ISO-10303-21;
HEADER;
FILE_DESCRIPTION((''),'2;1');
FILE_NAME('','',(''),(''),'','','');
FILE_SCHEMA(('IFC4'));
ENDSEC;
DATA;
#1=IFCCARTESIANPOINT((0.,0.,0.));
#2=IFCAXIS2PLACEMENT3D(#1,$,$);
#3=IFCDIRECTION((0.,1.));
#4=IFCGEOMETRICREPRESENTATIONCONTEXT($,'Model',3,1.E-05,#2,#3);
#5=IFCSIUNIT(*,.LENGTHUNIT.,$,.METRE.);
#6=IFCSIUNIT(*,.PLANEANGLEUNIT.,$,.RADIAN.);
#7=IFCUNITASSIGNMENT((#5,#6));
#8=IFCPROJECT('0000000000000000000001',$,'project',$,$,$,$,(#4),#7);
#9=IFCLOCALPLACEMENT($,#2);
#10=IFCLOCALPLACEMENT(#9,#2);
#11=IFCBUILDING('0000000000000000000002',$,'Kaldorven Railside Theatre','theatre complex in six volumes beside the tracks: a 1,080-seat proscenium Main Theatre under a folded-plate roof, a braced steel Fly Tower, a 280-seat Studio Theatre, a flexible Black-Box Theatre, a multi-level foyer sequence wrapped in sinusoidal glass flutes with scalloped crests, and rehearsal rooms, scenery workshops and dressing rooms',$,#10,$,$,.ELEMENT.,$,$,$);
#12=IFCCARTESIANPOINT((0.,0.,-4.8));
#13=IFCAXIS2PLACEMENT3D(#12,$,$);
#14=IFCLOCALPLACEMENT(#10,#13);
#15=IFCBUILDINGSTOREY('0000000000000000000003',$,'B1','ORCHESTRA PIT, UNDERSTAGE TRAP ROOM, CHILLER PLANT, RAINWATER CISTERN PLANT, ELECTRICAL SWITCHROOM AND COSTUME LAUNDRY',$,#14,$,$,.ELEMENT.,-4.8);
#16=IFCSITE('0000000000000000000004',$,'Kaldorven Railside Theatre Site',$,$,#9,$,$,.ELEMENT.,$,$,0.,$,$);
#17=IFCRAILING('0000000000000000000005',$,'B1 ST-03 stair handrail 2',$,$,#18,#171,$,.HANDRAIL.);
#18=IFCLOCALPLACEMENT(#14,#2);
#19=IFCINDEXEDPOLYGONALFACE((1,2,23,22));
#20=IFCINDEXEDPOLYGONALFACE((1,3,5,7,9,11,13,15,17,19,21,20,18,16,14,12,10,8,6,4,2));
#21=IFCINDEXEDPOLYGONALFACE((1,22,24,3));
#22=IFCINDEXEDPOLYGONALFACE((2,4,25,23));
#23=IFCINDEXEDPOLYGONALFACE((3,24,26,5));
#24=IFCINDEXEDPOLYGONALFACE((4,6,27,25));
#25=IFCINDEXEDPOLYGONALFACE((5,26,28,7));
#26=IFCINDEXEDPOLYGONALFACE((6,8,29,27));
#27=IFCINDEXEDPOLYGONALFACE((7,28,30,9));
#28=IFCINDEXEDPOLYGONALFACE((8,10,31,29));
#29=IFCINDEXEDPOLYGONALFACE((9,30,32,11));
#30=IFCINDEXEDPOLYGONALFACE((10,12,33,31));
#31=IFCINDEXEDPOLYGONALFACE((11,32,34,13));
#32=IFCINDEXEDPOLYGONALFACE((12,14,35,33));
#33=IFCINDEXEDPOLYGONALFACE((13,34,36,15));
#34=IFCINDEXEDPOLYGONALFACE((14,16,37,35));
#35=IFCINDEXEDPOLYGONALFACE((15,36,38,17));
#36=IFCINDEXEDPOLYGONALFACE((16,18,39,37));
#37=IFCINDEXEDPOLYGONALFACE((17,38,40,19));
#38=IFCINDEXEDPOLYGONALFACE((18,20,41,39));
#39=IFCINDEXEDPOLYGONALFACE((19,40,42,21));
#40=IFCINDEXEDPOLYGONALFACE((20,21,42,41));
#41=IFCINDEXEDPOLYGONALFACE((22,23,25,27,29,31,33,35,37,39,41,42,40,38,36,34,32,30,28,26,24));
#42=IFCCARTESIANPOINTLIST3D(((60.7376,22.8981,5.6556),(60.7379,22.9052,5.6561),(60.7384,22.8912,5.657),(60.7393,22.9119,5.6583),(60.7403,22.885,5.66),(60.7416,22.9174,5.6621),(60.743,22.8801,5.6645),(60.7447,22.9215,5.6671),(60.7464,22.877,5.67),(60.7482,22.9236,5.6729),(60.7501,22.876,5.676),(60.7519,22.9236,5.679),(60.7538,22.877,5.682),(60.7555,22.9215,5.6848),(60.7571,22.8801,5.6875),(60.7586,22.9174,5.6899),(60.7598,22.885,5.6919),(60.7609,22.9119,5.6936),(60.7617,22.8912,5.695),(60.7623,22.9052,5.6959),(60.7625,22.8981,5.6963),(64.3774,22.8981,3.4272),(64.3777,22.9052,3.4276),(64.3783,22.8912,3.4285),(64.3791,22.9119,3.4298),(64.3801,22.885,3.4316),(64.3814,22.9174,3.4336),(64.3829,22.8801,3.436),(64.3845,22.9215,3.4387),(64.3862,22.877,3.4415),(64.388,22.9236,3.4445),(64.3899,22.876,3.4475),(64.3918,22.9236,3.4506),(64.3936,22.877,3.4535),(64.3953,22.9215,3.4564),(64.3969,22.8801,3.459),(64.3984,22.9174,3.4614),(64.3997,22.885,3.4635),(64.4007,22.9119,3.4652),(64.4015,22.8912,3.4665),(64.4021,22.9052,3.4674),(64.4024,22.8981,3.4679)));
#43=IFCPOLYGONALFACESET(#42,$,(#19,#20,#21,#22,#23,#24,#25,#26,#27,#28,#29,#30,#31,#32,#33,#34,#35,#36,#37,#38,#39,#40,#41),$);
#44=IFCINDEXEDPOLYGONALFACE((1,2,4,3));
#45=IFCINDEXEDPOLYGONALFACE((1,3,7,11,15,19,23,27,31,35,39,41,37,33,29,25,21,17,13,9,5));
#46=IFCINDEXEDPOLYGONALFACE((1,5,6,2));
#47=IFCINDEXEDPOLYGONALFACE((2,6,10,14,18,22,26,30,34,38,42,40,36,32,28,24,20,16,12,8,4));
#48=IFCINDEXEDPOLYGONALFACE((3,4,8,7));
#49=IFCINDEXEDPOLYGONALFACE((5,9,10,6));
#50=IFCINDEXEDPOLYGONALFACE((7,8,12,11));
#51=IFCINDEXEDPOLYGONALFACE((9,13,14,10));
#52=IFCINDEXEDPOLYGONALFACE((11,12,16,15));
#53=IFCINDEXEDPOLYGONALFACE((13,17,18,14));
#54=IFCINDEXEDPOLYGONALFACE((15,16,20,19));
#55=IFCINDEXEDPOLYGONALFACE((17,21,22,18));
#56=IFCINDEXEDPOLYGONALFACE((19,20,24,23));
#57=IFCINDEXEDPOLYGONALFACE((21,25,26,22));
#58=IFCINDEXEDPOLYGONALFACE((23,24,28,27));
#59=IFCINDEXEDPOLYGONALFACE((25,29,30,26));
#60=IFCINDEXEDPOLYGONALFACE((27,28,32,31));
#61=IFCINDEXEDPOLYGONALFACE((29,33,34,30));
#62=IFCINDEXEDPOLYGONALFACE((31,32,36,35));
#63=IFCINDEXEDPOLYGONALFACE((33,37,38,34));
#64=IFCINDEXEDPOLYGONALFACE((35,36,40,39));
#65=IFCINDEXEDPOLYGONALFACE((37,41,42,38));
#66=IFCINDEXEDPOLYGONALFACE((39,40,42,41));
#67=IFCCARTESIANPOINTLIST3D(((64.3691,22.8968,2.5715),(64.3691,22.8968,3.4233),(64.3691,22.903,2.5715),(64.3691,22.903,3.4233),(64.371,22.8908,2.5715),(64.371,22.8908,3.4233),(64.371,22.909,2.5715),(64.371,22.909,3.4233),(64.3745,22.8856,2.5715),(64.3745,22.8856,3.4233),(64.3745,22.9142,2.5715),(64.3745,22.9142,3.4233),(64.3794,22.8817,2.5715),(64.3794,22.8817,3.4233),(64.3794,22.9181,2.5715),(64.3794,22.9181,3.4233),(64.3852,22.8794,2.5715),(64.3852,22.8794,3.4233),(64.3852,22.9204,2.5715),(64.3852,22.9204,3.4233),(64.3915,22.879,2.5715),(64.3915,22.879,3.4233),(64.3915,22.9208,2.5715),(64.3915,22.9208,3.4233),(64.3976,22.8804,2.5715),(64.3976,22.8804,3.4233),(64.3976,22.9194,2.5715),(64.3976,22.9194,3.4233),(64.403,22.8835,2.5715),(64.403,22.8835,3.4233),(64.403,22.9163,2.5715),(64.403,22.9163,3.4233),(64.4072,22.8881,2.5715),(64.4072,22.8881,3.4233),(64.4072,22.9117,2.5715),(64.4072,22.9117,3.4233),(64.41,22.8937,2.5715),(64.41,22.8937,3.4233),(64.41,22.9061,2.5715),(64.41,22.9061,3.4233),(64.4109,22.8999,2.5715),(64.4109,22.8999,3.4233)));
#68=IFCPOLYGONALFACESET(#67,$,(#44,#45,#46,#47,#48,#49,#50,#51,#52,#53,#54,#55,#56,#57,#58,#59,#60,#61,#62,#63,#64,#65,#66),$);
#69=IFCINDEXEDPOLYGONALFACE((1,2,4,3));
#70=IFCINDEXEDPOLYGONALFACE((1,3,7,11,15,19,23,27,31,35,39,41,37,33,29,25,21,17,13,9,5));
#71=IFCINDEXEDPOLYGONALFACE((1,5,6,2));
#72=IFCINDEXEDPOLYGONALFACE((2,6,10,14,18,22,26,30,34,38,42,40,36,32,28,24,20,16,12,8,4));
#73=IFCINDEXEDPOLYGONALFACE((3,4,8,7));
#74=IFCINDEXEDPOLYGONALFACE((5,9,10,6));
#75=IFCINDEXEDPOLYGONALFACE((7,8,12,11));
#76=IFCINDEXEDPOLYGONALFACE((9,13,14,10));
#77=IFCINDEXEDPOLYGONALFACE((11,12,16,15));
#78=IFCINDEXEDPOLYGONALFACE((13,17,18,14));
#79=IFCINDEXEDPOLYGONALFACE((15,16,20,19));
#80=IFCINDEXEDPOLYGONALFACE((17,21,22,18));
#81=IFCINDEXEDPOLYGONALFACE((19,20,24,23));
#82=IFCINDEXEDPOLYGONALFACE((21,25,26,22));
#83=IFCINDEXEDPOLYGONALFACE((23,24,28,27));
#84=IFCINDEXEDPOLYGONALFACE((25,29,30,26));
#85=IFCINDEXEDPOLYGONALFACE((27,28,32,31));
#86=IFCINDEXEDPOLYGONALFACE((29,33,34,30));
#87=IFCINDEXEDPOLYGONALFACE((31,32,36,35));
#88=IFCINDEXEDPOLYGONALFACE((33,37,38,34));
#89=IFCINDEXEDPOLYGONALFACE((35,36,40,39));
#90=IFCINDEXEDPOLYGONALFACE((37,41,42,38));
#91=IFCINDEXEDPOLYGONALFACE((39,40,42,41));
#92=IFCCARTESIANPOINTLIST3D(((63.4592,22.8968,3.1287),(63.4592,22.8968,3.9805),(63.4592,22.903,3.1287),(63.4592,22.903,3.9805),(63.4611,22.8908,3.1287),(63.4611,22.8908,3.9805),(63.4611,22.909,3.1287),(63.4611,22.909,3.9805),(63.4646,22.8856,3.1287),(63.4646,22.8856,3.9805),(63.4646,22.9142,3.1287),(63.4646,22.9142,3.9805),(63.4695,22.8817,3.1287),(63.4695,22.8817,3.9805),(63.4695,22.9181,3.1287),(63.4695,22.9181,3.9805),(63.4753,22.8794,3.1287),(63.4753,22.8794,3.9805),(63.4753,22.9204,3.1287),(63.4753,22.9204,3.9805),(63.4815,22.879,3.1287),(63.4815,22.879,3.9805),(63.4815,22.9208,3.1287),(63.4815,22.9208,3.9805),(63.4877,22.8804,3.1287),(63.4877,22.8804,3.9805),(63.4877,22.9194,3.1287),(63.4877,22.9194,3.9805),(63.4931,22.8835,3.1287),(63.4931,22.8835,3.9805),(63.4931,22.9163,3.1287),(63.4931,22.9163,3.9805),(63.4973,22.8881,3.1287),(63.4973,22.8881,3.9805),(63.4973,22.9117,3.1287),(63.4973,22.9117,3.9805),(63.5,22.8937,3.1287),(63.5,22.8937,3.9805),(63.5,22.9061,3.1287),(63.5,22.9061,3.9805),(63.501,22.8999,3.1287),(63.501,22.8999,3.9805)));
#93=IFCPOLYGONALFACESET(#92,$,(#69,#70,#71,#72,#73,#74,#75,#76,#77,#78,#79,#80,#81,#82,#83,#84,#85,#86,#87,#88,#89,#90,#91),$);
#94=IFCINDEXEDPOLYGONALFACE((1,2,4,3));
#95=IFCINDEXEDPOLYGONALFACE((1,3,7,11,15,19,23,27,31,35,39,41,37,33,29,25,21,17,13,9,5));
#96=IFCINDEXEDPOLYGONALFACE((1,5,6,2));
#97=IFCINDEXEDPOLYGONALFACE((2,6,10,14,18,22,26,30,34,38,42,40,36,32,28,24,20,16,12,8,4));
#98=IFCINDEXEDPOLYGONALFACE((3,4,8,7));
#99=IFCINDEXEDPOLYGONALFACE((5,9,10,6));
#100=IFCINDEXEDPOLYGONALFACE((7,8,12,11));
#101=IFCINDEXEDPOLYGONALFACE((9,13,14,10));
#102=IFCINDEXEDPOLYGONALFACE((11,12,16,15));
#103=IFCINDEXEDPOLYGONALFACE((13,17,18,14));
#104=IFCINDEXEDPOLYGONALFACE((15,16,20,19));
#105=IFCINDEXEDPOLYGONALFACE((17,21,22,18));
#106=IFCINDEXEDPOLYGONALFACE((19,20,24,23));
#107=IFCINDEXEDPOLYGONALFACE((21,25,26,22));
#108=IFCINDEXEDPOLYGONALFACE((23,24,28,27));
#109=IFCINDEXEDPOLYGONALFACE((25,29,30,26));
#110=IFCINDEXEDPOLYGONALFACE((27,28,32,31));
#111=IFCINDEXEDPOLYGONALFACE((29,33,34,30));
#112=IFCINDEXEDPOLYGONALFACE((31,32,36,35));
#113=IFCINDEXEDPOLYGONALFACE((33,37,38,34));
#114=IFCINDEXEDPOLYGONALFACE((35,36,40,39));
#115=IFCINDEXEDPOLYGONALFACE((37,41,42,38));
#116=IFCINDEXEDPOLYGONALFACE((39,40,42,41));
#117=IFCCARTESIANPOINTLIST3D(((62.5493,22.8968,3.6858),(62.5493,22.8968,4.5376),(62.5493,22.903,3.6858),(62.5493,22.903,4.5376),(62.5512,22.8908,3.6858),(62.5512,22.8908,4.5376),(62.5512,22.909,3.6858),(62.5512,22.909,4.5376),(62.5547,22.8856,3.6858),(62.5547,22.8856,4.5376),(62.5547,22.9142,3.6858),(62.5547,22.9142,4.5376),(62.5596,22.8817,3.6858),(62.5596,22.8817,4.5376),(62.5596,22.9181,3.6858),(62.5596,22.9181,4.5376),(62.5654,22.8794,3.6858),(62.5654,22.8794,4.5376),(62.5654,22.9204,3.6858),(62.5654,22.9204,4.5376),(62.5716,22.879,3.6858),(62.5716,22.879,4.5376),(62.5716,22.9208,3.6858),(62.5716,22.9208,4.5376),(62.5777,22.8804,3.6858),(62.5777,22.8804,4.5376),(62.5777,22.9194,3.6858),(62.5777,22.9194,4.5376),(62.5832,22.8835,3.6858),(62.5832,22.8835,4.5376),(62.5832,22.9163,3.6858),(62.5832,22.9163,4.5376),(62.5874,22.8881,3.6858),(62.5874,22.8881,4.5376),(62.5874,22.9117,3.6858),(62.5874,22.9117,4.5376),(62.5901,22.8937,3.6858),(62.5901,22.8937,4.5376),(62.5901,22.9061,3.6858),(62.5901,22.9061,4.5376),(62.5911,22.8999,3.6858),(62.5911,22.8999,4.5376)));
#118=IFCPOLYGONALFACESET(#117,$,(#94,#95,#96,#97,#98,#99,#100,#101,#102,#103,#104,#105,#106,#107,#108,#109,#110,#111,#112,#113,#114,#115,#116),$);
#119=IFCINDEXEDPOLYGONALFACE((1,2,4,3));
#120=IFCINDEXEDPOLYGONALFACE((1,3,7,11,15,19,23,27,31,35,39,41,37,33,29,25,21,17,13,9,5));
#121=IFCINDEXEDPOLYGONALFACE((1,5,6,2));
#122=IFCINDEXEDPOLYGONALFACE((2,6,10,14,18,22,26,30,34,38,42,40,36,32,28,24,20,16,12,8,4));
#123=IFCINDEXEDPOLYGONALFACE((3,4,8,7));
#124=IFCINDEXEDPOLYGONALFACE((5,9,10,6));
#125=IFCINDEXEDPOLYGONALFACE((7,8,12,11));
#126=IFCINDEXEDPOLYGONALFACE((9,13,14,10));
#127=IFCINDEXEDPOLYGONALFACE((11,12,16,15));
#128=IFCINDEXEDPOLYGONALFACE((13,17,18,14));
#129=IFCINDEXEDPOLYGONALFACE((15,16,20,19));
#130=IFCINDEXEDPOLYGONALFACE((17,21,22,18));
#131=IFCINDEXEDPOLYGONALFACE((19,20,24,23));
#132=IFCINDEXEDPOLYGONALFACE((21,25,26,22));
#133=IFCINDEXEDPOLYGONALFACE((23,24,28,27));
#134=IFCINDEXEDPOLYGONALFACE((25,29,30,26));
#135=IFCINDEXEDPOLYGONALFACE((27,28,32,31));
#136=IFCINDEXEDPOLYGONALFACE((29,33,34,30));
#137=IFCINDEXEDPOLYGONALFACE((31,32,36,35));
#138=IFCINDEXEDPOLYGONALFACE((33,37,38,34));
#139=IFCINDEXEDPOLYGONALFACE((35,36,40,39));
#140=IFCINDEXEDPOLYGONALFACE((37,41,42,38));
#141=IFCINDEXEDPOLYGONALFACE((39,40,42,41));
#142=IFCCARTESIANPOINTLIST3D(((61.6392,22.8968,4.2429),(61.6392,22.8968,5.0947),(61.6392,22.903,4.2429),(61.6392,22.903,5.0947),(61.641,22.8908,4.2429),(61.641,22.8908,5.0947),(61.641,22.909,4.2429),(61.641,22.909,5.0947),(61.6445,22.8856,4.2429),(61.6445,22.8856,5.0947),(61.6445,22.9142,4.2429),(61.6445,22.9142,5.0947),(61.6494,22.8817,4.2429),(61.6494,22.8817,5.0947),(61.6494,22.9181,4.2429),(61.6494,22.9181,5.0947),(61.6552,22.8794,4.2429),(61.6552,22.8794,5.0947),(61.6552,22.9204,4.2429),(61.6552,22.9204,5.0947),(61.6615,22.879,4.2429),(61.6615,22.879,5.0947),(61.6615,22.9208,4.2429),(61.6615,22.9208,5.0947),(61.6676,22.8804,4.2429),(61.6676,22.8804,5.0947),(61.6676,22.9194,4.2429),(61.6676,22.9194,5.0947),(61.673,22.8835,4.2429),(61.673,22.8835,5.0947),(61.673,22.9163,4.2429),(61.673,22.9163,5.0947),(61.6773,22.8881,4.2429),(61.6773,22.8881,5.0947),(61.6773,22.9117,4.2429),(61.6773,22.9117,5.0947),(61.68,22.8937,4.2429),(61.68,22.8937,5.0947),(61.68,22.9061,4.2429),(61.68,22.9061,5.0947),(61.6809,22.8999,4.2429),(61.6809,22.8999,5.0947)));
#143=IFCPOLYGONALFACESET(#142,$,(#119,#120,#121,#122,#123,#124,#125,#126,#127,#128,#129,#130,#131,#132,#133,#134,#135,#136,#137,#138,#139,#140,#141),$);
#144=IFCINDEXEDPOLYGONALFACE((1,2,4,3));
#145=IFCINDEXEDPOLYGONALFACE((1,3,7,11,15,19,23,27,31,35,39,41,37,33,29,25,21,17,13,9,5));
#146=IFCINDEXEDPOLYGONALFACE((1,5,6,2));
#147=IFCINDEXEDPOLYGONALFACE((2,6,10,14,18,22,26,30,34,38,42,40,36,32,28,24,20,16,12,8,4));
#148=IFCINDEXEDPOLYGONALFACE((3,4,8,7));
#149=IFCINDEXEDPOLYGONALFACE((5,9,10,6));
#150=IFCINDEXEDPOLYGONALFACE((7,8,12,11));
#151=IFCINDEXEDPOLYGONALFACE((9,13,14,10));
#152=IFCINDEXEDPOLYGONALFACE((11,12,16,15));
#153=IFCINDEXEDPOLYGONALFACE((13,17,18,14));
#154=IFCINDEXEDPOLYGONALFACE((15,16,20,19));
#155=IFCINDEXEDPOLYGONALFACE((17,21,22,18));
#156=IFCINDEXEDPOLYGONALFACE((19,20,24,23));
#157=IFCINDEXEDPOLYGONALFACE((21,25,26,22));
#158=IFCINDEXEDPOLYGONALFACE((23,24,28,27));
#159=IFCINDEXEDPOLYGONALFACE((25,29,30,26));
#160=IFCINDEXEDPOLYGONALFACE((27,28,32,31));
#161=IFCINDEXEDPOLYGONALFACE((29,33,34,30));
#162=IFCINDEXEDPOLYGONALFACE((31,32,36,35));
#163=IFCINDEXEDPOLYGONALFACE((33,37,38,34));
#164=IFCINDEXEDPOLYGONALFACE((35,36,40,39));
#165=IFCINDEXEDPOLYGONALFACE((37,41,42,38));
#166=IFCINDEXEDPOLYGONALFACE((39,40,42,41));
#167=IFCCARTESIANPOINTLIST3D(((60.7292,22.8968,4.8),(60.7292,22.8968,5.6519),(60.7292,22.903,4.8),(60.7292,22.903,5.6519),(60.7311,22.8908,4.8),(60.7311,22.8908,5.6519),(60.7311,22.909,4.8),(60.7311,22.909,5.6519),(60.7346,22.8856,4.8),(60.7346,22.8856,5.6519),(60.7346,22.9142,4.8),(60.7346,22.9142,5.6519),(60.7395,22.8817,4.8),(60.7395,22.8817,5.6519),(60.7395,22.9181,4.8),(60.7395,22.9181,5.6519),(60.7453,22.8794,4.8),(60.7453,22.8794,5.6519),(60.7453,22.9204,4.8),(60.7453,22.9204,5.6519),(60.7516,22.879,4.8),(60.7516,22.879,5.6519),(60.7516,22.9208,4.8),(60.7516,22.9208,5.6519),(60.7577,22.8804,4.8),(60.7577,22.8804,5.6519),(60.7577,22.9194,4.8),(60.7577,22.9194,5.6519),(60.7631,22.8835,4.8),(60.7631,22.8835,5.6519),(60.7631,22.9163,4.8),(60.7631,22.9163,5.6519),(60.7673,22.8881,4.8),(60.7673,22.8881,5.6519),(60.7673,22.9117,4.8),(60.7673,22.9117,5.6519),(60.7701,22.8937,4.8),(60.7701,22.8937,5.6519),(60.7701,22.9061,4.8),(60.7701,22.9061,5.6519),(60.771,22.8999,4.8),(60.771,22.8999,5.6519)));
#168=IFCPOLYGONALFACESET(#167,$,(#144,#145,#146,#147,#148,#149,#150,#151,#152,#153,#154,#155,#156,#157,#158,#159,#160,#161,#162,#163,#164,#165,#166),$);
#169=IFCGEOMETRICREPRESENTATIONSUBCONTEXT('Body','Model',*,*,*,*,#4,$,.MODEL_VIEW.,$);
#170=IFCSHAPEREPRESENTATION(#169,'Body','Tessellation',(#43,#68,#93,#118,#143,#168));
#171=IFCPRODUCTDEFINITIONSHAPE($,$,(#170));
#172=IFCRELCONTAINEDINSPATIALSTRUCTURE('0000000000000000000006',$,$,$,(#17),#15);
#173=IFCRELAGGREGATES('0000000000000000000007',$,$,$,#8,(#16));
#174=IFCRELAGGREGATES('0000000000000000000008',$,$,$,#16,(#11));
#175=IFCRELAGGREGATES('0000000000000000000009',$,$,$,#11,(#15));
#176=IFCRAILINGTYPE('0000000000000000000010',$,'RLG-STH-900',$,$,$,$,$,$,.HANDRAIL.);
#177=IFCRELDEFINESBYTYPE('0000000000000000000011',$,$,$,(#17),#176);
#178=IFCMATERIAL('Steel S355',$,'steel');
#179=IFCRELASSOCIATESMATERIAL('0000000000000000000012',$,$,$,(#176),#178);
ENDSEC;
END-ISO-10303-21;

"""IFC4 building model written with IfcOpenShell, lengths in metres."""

from ifc_helpers import new_model, si_unit, direction, frame, origin, origin_2d, place, context, subcontext, project, spatial, circle, extrude, material, type_object, element, save


model = new_model("IFC4")

# Units and contexts
model_context = context("Model", 3, precision=1e-05, world=origin(), true_north=direction((0.0, 1.0)))
body_context = subcontext(model_context, "Body", "Model", "MODEL_VIEW")
ifc_project = project(units=[si_unit("LENGTHUNIT", "METRE"), si_unit("PLANEANGLEUNIT", "RADIAN")], contexts=[model_context])

# Site, building, storey
site_placement = place(None, origin())
site = spatial("IfcSite", under=ifc_project, at=site_placement, Name="Kaldorven Railside Theatre Site", CompositionType="ELEMENT", RefElevation=0.0)
building_placement = place(site_placement, origin())
building = spatial("IfcBuilding", under=site, at=building_placement, Name="Kaldorven Railside Theatre", Description="theatre complex in six volumes beside the tracks: a 1,080-seat proscenium Main Theatre under a folded-plate roof, a braced steel Fly Tower, a 280-seat Studio Theatre, a flexible Black-Box Theatre, a multi-level foyer sequence wrapped in sinusoidal glass flutes with scalloped crests, and rehearsal rooms, scenery workshops and dressing rooms", CompositionType="ELEMENT")
storey_placement = place(building_placement, frame((0.0, 0.0, -4.8)))
storey = spatial("IfcBuildingStorey", under=building, at=storey_placement, Name="B1", Description="ORCHESTRA PIT, UNDERSTAGE TRAP ROOM, CHILLER PLANT, RAINWATER CISTERN PLANT, ELECTRICAL SWITCHROOM AND COSTUME LAUNDRY", CompositionType="ELEMENT", Elevation=-4.8)

# Railing
ifc_material_1 = material(Name="Steel S355", Category="steel")
railing_type_1 = type_object("IfcRailingType", Name="RLG-STH-900", PredefinedType="HANDRAIL", material=ifc_material_1)
railing_1_placement = place(storey_placement, frame((64.3899, 22.8999, 2.5715)))
element("IfcRailing", 1, at=railing_1_placement, inside=storey, type_object=railing_type_1, Name="B1 ST-03 stair handrail 2", PredefinedType="HANDRAIL", context=body_context, shape_type="SweptSolid", body=[
    extrude(circle(Radius=0.0239, at=origin_2d()), frame((0.0, 0.0, 0.876), z_axis=(-0.85285, 0.0, 0.522156), x_axis=(0.0, -1.0, 0.0)), (0.0, 0.0, 1.0), 4.2678),
    extrude(circle(Radius=0.021, at=origin_2d()), origin(), (0.0, 0.0, 1.0), 0.8518),
    extrude(circle(Radius=0.021, at=origin_2d()), frame((-0.9099, 0.0, 0.5571)), (0.0, 0.0, 1.0), 0.8518),
    extrude(circle(Radius=0.021, at=origin_2d()), frame((-1.8198, 0.0, 1.1143)), (0.0, 0.0, 1.0), 0.8518),
    extrude(circle(Radius=0.021, at=origin_2d()), frame((-2.73, 0.0, 1.6714)), (0.0, 0.0, 1.0), 0.8518),
    extrude(circle(Radius=0.021, at=origin_2d()), frame((-3.6399, 0.0, 2.2285)), (0.0, 0.0, 1.0), 0.8518),
])

save(model, "model.ifc")
